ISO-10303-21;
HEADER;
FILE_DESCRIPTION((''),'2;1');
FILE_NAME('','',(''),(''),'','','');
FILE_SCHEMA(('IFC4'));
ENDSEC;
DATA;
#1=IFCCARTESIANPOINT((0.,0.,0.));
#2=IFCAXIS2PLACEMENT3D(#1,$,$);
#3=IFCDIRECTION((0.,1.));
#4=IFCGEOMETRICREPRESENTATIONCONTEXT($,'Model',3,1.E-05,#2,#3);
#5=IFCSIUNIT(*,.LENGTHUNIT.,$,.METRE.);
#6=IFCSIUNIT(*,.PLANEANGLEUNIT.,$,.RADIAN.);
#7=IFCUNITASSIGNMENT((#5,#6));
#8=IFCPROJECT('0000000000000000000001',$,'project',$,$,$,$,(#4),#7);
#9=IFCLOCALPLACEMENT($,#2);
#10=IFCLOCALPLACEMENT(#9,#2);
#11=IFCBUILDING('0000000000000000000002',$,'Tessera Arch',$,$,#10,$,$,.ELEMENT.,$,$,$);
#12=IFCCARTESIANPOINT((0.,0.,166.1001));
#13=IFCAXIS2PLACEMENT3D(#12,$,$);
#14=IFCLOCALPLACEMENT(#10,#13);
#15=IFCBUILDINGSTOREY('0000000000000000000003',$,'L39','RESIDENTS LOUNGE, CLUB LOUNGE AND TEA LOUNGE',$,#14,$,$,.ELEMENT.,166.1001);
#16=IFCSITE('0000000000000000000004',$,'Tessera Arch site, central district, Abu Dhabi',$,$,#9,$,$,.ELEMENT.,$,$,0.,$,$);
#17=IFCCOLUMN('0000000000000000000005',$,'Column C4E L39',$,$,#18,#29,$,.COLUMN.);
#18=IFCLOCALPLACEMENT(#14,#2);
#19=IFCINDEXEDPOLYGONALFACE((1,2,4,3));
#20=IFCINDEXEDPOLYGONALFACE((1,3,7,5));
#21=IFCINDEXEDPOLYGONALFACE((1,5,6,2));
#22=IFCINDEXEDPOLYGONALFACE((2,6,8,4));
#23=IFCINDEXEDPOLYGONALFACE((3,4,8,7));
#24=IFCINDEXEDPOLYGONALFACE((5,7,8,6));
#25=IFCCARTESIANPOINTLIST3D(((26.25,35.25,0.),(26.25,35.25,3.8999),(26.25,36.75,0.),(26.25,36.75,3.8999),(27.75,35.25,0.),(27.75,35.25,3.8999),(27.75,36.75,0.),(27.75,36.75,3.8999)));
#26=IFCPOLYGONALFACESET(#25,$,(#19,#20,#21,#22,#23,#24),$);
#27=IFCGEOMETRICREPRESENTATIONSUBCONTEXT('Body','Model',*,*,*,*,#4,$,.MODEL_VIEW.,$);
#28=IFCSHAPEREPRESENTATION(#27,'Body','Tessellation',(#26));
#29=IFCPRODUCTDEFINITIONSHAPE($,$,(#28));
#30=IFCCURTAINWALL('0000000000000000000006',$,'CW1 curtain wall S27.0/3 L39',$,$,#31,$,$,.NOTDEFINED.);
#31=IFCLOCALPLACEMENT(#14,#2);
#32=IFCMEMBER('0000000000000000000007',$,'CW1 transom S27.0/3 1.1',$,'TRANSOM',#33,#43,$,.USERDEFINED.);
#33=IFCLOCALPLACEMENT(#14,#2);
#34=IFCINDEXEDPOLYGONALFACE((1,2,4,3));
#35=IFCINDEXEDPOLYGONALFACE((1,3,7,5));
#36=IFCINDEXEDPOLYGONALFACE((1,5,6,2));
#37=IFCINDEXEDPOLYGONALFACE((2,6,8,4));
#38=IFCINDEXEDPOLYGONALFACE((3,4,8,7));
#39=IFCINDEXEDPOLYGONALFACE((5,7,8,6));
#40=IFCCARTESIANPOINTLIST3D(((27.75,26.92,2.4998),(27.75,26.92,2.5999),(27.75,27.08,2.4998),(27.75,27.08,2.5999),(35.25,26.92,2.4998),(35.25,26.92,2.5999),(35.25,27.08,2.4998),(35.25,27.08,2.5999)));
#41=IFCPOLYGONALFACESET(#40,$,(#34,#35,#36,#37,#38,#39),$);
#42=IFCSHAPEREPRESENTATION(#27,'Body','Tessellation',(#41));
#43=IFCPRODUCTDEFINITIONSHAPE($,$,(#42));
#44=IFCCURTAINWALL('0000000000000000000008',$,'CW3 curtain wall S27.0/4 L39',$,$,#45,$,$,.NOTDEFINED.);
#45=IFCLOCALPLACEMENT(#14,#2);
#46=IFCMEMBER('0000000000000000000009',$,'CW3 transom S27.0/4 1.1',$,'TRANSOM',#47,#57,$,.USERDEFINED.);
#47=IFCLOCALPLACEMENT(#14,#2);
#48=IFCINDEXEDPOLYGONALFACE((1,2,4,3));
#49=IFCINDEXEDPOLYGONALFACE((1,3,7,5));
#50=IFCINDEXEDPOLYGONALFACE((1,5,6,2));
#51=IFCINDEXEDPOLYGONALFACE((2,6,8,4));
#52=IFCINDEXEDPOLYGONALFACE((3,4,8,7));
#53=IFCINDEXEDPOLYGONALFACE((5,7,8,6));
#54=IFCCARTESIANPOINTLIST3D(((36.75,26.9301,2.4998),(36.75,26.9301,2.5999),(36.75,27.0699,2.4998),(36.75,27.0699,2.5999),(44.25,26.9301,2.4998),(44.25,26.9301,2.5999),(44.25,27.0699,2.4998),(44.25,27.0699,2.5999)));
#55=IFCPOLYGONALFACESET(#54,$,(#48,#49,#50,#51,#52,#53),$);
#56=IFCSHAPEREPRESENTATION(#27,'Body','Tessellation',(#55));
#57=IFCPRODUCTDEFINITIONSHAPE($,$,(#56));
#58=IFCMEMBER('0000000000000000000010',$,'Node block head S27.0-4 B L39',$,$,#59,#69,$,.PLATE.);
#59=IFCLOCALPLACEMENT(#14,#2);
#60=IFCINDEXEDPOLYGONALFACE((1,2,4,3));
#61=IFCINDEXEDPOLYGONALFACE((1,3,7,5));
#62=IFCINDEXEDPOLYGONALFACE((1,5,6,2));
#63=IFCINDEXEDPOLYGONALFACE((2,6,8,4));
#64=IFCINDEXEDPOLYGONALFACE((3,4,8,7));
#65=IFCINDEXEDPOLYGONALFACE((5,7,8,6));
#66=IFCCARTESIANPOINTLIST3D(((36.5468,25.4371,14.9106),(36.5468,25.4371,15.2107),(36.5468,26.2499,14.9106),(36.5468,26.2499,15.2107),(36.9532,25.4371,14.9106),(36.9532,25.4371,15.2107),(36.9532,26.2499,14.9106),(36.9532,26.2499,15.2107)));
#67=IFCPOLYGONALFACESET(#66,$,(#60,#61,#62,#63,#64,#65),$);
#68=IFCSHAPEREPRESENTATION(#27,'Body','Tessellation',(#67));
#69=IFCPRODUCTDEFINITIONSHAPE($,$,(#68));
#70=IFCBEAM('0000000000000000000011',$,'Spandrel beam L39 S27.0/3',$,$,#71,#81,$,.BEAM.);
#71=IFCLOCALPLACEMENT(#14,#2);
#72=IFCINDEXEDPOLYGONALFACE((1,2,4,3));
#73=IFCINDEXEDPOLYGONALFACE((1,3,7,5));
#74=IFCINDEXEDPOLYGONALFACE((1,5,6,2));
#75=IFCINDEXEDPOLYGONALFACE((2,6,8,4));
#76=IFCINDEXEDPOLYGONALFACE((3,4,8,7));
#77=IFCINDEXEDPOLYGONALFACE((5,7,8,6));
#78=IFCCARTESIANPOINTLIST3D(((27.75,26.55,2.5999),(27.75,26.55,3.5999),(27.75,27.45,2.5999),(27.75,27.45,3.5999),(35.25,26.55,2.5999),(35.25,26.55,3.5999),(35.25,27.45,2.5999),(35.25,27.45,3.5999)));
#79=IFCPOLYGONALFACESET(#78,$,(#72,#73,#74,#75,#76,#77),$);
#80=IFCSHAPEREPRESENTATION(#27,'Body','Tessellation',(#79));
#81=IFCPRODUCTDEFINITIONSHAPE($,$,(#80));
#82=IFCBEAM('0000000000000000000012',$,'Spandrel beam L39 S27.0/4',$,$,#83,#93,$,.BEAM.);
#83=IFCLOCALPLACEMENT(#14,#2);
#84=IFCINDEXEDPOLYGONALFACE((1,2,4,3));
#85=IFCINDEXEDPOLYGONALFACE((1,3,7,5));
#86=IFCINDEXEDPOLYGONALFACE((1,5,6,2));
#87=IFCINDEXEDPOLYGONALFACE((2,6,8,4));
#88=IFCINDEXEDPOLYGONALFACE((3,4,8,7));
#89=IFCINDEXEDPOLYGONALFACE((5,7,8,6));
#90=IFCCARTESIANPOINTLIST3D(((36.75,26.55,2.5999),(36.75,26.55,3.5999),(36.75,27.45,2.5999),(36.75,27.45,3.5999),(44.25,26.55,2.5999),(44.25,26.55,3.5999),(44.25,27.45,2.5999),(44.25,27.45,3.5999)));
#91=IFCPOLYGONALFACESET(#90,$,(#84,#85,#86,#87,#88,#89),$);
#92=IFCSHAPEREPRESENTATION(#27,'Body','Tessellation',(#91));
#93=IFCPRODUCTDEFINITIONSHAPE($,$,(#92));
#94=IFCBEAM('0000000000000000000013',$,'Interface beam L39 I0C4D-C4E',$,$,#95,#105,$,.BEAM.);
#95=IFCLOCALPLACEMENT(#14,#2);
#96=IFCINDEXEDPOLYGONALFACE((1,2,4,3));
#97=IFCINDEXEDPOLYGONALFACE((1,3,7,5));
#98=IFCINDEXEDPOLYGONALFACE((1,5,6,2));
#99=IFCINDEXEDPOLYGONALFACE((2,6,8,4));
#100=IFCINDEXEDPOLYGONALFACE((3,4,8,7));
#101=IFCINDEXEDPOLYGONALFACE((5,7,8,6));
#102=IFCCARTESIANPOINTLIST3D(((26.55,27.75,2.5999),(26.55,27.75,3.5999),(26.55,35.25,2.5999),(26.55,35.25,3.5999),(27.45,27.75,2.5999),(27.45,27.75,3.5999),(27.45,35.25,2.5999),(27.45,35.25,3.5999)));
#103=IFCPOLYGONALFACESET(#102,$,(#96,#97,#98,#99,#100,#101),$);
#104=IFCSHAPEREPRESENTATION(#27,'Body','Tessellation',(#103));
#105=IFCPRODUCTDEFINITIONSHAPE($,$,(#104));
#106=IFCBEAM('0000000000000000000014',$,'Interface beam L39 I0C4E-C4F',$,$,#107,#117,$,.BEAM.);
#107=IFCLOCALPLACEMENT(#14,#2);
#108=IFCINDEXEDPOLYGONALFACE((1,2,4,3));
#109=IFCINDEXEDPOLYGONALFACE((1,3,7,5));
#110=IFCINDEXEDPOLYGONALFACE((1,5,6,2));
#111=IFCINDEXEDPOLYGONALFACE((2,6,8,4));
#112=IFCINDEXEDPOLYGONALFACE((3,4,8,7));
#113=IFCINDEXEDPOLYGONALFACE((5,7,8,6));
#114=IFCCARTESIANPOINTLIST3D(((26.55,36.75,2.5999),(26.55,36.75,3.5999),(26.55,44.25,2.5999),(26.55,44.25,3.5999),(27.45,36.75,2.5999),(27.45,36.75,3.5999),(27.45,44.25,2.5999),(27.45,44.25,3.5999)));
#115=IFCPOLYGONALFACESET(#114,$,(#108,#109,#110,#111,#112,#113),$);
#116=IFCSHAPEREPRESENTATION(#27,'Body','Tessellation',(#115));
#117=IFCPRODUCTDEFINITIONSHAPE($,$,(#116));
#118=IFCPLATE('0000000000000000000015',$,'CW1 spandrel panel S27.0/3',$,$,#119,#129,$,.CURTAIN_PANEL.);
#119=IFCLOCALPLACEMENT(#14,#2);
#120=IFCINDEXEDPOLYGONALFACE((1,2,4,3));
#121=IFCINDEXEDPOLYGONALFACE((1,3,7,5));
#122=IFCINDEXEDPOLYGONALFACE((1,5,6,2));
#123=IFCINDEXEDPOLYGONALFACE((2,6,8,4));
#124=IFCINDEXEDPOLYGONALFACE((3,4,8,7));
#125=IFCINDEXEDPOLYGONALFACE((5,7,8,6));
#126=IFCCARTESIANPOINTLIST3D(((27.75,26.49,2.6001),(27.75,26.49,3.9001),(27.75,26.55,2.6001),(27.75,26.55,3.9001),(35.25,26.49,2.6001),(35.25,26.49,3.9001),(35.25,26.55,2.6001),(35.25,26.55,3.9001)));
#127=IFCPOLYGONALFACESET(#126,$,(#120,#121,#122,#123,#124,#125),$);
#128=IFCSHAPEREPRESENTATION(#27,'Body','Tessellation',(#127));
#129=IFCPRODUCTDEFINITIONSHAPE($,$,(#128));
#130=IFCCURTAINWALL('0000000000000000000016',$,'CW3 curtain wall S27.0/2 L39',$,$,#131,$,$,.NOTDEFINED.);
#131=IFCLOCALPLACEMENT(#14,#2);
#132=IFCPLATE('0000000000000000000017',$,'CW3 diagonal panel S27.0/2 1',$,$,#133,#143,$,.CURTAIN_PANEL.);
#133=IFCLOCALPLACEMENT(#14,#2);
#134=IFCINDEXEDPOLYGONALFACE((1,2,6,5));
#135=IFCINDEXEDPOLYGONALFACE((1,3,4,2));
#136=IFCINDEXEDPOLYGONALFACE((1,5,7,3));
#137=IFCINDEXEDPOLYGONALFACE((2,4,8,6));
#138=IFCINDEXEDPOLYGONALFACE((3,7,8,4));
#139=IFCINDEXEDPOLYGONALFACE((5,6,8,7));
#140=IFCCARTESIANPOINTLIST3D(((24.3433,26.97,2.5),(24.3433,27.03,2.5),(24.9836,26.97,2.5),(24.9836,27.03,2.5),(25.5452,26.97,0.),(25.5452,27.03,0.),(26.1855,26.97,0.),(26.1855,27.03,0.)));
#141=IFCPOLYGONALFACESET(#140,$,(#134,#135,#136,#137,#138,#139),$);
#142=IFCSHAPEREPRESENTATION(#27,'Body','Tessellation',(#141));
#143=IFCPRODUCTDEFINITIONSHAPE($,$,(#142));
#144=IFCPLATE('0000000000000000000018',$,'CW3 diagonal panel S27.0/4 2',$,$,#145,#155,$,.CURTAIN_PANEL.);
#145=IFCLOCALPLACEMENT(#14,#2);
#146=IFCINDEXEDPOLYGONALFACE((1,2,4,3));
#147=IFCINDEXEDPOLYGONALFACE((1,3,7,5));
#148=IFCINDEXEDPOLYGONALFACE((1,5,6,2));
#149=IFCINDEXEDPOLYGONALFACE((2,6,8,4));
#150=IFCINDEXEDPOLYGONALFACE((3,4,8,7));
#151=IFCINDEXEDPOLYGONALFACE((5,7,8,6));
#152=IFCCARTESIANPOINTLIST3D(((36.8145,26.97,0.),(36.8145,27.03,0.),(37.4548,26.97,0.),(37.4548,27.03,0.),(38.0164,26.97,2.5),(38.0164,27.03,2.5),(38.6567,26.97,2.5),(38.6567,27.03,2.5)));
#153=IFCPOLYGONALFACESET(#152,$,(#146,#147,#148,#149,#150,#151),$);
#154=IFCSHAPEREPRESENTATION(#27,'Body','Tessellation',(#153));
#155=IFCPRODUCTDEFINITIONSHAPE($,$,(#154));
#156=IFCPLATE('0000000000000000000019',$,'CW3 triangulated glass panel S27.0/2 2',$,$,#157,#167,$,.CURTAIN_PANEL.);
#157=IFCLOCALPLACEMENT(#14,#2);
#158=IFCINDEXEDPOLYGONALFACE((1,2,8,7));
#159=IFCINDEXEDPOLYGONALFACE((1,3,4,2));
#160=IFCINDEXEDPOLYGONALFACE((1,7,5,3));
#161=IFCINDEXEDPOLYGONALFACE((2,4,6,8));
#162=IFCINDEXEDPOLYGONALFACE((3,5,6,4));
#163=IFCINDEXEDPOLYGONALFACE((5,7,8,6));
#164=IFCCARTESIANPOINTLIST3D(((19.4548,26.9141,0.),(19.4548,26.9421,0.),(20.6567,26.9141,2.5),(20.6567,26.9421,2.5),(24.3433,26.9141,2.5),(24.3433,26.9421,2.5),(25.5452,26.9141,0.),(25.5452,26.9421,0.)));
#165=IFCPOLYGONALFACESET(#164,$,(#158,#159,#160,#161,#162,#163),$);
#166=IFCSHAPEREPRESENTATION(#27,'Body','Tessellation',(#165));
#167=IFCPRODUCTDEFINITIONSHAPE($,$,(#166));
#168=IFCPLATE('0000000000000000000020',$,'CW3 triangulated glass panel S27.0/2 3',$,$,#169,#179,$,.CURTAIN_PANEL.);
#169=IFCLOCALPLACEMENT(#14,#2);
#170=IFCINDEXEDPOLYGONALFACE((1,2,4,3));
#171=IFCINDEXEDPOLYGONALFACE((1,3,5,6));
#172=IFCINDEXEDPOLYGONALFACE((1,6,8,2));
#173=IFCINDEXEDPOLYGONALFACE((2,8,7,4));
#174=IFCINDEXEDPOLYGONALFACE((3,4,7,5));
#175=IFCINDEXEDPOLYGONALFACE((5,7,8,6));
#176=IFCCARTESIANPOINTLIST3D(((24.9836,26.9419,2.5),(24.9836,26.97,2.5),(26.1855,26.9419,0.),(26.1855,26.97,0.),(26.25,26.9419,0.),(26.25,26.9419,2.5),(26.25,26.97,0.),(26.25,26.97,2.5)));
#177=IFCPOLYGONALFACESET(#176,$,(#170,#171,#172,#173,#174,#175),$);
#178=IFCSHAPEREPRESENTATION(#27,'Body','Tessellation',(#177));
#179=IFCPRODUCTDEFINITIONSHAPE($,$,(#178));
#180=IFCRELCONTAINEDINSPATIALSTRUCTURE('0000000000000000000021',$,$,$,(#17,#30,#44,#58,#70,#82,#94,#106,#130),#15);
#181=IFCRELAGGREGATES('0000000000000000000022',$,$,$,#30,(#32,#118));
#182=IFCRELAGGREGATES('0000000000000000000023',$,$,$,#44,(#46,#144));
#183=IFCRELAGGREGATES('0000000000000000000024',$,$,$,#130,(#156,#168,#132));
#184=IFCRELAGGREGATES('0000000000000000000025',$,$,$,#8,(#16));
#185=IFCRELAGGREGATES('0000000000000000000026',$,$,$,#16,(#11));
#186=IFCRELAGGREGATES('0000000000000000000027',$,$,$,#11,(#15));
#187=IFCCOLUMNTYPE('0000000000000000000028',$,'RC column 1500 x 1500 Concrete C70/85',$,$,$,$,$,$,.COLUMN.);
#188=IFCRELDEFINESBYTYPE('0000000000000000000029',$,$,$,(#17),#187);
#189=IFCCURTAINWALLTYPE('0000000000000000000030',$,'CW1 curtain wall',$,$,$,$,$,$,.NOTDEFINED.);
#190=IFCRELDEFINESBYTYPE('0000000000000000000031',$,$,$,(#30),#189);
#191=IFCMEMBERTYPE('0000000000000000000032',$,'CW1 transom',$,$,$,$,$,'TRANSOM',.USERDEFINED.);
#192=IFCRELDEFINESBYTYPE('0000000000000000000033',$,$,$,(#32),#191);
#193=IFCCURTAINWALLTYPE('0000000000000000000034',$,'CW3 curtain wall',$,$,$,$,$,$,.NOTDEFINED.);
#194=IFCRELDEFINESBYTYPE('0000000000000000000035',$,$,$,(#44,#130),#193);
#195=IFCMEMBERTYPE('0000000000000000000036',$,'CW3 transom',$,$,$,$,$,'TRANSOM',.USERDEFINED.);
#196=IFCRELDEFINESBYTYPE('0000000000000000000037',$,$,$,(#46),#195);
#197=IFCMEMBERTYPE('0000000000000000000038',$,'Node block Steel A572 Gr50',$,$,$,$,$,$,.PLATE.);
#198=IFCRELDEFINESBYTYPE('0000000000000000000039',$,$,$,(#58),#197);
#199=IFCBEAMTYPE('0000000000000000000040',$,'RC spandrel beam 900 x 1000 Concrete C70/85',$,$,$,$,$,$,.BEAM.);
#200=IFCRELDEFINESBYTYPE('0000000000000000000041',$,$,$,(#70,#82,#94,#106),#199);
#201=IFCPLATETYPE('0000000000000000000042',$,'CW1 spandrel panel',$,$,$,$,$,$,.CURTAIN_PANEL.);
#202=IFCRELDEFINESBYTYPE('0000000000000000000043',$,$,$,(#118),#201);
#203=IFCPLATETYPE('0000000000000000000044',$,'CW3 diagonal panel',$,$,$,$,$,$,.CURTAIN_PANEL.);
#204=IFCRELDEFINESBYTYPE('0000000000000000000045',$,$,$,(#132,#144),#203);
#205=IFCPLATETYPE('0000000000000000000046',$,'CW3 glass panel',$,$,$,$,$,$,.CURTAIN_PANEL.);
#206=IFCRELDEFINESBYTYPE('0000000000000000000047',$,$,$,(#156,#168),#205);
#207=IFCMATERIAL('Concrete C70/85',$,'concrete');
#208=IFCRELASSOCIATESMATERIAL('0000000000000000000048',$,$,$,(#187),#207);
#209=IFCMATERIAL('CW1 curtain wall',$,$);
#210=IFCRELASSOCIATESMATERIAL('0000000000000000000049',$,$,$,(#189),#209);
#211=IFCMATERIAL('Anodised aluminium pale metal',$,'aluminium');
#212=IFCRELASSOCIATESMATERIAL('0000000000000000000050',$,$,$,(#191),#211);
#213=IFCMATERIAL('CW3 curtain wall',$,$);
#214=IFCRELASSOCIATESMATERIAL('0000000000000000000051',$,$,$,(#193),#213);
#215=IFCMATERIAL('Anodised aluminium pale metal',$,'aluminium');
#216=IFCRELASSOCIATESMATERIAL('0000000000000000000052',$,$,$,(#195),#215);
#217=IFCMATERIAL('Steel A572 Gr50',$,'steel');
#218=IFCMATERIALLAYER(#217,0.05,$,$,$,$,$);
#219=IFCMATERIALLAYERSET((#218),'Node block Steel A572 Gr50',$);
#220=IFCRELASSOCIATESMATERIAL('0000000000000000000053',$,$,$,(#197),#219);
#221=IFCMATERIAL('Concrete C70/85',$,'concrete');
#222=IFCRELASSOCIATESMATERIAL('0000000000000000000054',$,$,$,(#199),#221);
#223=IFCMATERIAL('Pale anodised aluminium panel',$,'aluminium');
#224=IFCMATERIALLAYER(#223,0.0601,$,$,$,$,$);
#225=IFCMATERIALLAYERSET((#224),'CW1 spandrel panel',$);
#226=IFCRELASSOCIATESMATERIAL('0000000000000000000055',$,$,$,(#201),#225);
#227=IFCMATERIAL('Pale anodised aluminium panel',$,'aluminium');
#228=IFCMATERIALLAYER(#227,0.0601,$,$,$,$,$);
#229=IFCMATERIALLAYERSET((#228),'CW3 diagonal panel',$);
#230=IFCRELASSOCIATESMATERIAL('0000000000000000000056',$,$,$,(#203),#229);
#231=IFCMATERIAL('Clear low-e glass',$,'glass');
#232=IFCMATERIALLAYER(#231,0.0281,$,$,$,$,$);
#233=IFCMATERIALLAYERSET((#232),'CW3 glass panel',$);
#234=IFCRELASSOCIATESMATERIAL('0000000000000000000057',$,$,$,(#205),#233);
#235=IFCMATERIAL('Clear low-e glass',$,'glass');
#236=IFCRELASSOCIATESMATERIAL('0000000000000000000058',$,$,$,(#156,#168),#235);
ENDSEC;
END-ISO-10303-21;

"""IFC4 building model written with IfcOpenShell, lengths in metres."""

from ifc_helpers import new_model, si_unit, direction, frame, origin, origin_2d, place, context, subcontext, project, spatial, polyline, rectangle, outline, extrude, material, layer, layer_set, material_profile, profile_set, type_object, element, aggregate, save


model = new_model("IFC4")

# Units and contexts
model_context = context("Model", 3, precision=1e-05, world=origin(), true_north=direction((0.0, 1.0)))
body_context = subcontext(model_context, "Body", "Model", "MODEL_VIEW")
ifc_project = project(units=[si_unit("LENGTHUNIT", "METRE"), si_unit("PLANEANGLEUNIT", "RADIAN")], contexts=[model_context])

# Site, building, storey
site_placement = place(None, origin())
site = spatial("IfcSite", under=ifc_project, at=site_placement, Name="Tessera Arch site, central district, Abu Dhabi", CompositionType="ELEMENT", RefElevation=0.0)
building_placement = place(site_placement, origin())
building = spatial("IfcBuilding", under=site, at=building_placement, Name="Tessera Arch", CompositionType="ELEMENT")
storey_placement = place(building_placement, frame((0.0, 0.0, 166.1001)))
storey = spatial("IfcBuildingStorey", under=building, at=storey_placement, Name="L39", Description="RESIDENTS LOUNGE, CLUB LOUNGE AND TEA LOUNGE", CompositionType="ELEMENT", Elevation=166.1001)

# Column
ifc_material_1 = material(Name="Concrete C70/85", Category="concrete")
ifc_material_profile_1 = material_profile(ifc_material_1, rectangle(XDim=1.5, YDim=1.5, at=origin_2d()), Name="RC column 1500 x 1500 Concrete C70/85")
ifc_profile_set_1 = profile_set([ifc_material_profile_1], Name="Concrete C70/85")
column_type = type_object("IfcColumnType", Name="RC column 1500 x 1500 Concrete C70/85", PredefinedType="COLUMN", material=ifc_profile_set_1)
column_placement = place(storey_placement, frame((27.0, 36.0, 0.0), z_axis=(0.0, 0.0, 1.0), x_axis=(1.0, 0.0, 0.0)))
element("IfcColumn", 1, at=column_placement, inside=storey, type_object=column_type, Name="Column C4E L39", PredefinedType="COLUMN", context=body_context, shape_type="SweptSolid", body=[
    extrude(rectangle(XDim=1.5, YDim=1.5, at=origin_2d()), origin(), (0.0, 0.0, 1.0), 3.8999),
])

# Curtain walls, members
ifc_material_2 = material(Name="CW1 curtain wall")
curtain_wall_type_1 = type_object("IfcCurtainWallType", Name="CW1 curtain wall", PredefinedType="NOTDEFINED", material=ifc_material_2)
curtain_wall_1_placement = place(storey_placement, origin())
curtain_wall_1 = element("IfcCurtainWall", 2, at=curtain_wall_1_placement, inside=storey, type_object=curtain_wall_type_1, Name="CW1 curtain wall S27.0/3 L39", PredefinedType="NOTDEFINED")
ifc_material_3 = material(Name="Anodised aluminium pale metal", Category="aluminium")
ifc_material_profile_2 = material_profile(ifc_material_3, rectangle(XDim=0.1599, YDim=0.1001, at=origin_2d()), Name="AL 160x100")
ifc_profile_set_2 = profile_set([ifc_material_profile_2], Name="Anodised aluminium pale metal")
member_type_1 = type_object("IfcMemberType", Name="CW1 transom", ElementType="TRANSOM", PredefinedType="USERDEFINED", material=ifc_profile_set_2)
member_1_placement = place(storey_placement, frame((27.75, 27.0, 2.5498), z_axis=(1.0, 0.0, 0.0), x_axis=(0.0, 1.0, 0.0)))
member_1 = element("IfcMember", 3, at=member_1_placement, type_object=member_type_1, Name="CW1 transom S27.0/3 1.1", ObjectType="TRANSOM", PredefinedType="USERDEFINED", context=body_context, shape_type="SweptSolid", body=[
    extrude(rectangle(XDim=0.1599, YDim=0.1001, at=origin_2d()), origin(), (0.0, 0.0, 1.0), 7.5),
])
ifc_material_4 = material(Name="CW3 curtain wall")
curtain_wall_type_2 = type_object("IfcCurtainWallType", Name="CW3 curtain wall", PredefinedType="NOTDEFINED", material=ifc_material_4)
curtain_wall_2_placement = place(storey_placement, origin())
curtain_wall_2 = element("IfcCurtainWall", 4, at=curtain_wall_2_placement, inside=storey, type_object=curtain_wall_type_2, Name="CW3 curtain wall S27.0/4 L39", PredefinedType="NOTDEFINED")
ifc_material_5 = material(Name="Anodised aluminium pale metal", Category="aluminium")
ifc_material_profile_3 = material_profile(ifc_material_5, rectangle(XDim=0.1399, YDim=0.1001, at=origin_2d()), Name="AL 140x100")
ifc_profile_set_3 = profile_set([ifc_material_profile_3], Name="Anodised aluminium pale metal")
member_type_2 = type_object("IfcMemberType", Name="CW3 transom", ElementType="TRANSOM", PredefinedType="USERDEFINED", material=ifc_profile_set_3)
member_2_placement = place(storey_placement, frame((36.75, 27.0, 2.5498), z_axis=(1.0, 0.0, 0.0), x_axis=(0.0, 1.0, 0.0)))
member_2 = element("IfcMember", 5, at=member_2_placement, type_object=member_type_2, Name="CW3 transom S27.0/4 1.1", ObjectType="TRANSOM", PredefinedType="USERDEFINED", context=body_context, shape_type="SweptSolid", body=[
    extrude(rectangle(XDim=0.1399, YDim=0.1001, at=origin_2d()), origin(), (0.0, 0.0, 1.0), 7.5),
])

# Member
ifc_material_6 = material(Name="Steel A572 Gr50", Category="steel")
ifc_layer_1 = layer(ifc_material_6, 0.05)
ifc_layer_set_1 = layer_set([ifc_layer_1], Name="Node block Steel A572 Gr50")
member_type_3 = type_object("IfcMemberType", Name="Node block Steel A572 Gr50", PredefinedType="PLATE", material=ifc_layer_set_1)
member_3_placement = place(storey_placement, frame((36.75, 25.8435, 14.9106), z_axis=(0.0, 0.0, 1.0), x_axis=(1.0, 0.0, 0.0)))
element("IfcMember", 6, at=member_3_placement, inside=storey, type_object=member_type_3, Name="Node block head S27.0-4 B L39", PredefinedType="PLATE", context=body_context, shape_type="SweptSolid", body=[
    extrude(rectangle(XDim=0.4065, YDim=0.8127, at=origin_2d()), origin(), (0.0, 0.0, 1.0), 0.3),
])

# Beams
ifc_material_7 = material(Name="Concrete C70/85", Category="concrete")
ifc_material_profile_4 = material_profile(ifc_material_7, rectangle(XDim=0.8999, YDim=1.0, at=origin_2d()), Name="RC spandrel beam 900 x 1000 Concrete C70/85")
ifc_profile_set_4 = profile_set([ifc_material_profile_4], Name="Concrete C70/85")
beam_type = type_object("IfcBeamType", Name="RC spandrel beam 900 x 1000 Concrete C70/85", PredefinedType="BEAM", material=ifc_profile_set_4)
for number, where, z_axis, x_axis, name in (
    (7, (27.75, 27.0, 3.0999), (1.0, 0.0, 0.0), (0.0, 1.0, 0.0), "Spandrel beam L39 S27.0/3"),
    (8, (36.75, 27.0, 3.0999), (1.0, 0.0, 0.0), (0.0, 1.0, 0.0), "Spandrel beam L39 S27.0/4"),
    (9, (27.0, 27.75, 3.0999), (0.0, 1.0, 0.0), (-1.0, 0.0, 0.0), "Interface beam L39 I0C4D-C4E"),
    (10, (27.0, 36.75, 3.0999), (0.0, 1.0, 0.0), (-1.0, 0.0, 0.0), "Interface beam L39 I0C4E-C4F"),
):
    element("IfcBeam", number, at=place(storey_placement, frame(where, z_axis=z_axis, x_axis=x_axis)), inside=storey, type_object=beam_type, Name=name, PredefinedType="BEAM", context=body_context, shape_type="SweptSolid", body=[
        extrude(rectangle(XDim=0.8999, YDim=1.0, at=origin_2d()), origin(), (0.0, 0.0, 1.0), 7.5),
    ])

# Plate
ifc_material_8 = material(Name="Pale anodised aluminium panel", Category="aluminium")
ifc_layer_2 = layer(ifc_material_8, 0.0601)
ifc_layer_set_2 = layer_set([ifc_layer_2], Name="CW1 spandrel panel")
plate_type_1 = type_object("IfcPlateType", Name="CW1 spandrel panel", PredefinedType="CURTAIN_PANEL", material=ifc_layer_set_2)
plate_1_placement = place(storey_placement, frame((31.5, 26.52, 2.6001), z_axis=(0.0, 0.0, 1.0), x_axis=(1.0, 0.0, 0.0)))
plate_1 = element("IfcPlate", 11, at=plate_1_placement, type_object=plate_type_1, Name="CW1 spandrel panel S27.0/3", PredefinedType="CURTAIN_PANEL", context=body_context, shape_type="SweptSolid", body=[
    extrude(rectangle(XDim=7.5, YDim=0.0601, at=origin_2d()), origin(), (0.0, 0.0, 1.0), 1.3),
])
aggregate(curtain_wall_1, [member_1, plate_1])

# Curtain wall, plate
curtain_wall_3_placement = place(storey_placement, origin())
curtain_wall_3 = element("IfcCurtainWall", 12, at=curtain_wall_3_placement, inside=storey, type_object=curtain_wall_type_2, Name="CW3 curtain wall S27.0/2 L39", PredefinedType="NOTDEFINED")
ifc_material_9 = material(Name="Pale anodised aluminium panel", Category="aluminium")
ifc_layer_3 = layer(ifc_material_9, 0.0601)
ifc_layer_set_3 = layer_set([ifc_layer_3], Name="CW3 diagonal panel")
plate_type_2 = type_object("IfcPlateType", Name="CW3 diagonal panel", PredefinedType="CURTAIN_PANEL", material=ifc_layer_set_3)
plate_2_placement = place(storey_placement, frame((24.9836, 26.97, 2.5), z_axis=(0.0, -1.0, 0.0), x_axis=(-1.0, 0.0, 0.0)))
plate_2 = element("IfcPlate", 13, at=plate_2_placement, type_object=plate_type_2, Name="CW3 diagonal panel S27.0/2 1", PredefinedType="CURTAIN_PANEL", context=body_context, shape_type="SweptSolid", body=[
    extrude(outline(polyline([(0.0, 0.0), (0.6404, 0.0), (-0.5615, 2.5), (-1.2019, 2.5), (0.0, 0.0)])), origin(), (0.0, 0.0, -1.0), 0.0601),
])

# Plates
plate_3_placement = place(storey_placement, frame((38.6567, 26.97, 2.5), z_axis=(0.0, -1.0, 0.0), x_axis=(-1.0, 0.0, 0.0)))
plate_3 = element("IfcPlate", 14, at=plate_3_placement, type_object=plate_type_2, Name="CW3 diagonal panel S27.0/4 2", PredefinedType="CURTAIN_PANEL", context=body_context, shape_type="SweptSolid", body=[
    extrude(outline(polyline([(0.0, 0.0), (0.6404, 0.0), (1.8423, 2.5), (1.2019, 2.5), (0.0, 0.0)])), origin(), (0.0, 0.0, -1.0), 0.0601),
])
aggregate(curtain_wall_2, [member_2, plate_3])
ifc_material_10 = material(Name="Clear low-e glass", Category="glass")
ifc_material_11 = material(Name="Clear low-e glass", Category="glass")
ifc_layer_4 = layer(ifc_material_11, 0.0281)
ifc_layer_set_4 = layer_set([ifc_layer_4], Name="CW3 glass panel")
plate_type_3 = type_object("IfcPlateType", Name="CW3 glass panel", PredefinedType="CURTAIN_PANEL", material=ifc_layer_set_4)
plate_4_placement = place(storey_placement, frame((24.3433, 26.9141, 2.5), z_axis=(0.0, -1.0, 0.0), x_axis=(-1.0, 0.0, 0.0)))
plate_4 = element("IfcPlate", 15, at=plate_4_placement, type_object=plate_type_3, material=ifc_material_10, Name="CW3 triangulated glass panel S27.0/2 2", PredefinedType="CURTAIN_PANEL", context=body_context, shape_type="SweptSolid", body=[
    extrude(outline(polyline([(0.0, 0.0), (3.6865, 0.0), (4.8884, 2.5), (-1.2019, 2.5), (0.0, 0.0)])), origin(), (0.0, 0.0, -1.0), 0.0281),
])
plate_5_placement = place(storey_placement, frame((26.25, 26.9419, 2.5), z_axis=(0.0, -1.0, 0.0), x_axis=(-1.0, 0.0, 0.0)))
plate_5 = element("IfcPlate", 16, at=plate_5_placement, type_object=plate_type_3, material=ifc_material_10, Name="CW3 triangulated glass panel S27.0/2 3", PredefinedType="CURTAIN_PANEL", context=body_context, shape_type="SweptSolid", body=[
    extrude(outline(polyline([(0.0, 0.0), (1.2664, 0.0), (0.0645, 2.5), (0.0, 2.5), (0.0, 0.0)])), origin(), (0.0, 0.0, -1.0), 0.0281),
])
aggregate(curtain_wall_3, [plate_4, plate_5, plate_2])

save(model, "model.ifc")
